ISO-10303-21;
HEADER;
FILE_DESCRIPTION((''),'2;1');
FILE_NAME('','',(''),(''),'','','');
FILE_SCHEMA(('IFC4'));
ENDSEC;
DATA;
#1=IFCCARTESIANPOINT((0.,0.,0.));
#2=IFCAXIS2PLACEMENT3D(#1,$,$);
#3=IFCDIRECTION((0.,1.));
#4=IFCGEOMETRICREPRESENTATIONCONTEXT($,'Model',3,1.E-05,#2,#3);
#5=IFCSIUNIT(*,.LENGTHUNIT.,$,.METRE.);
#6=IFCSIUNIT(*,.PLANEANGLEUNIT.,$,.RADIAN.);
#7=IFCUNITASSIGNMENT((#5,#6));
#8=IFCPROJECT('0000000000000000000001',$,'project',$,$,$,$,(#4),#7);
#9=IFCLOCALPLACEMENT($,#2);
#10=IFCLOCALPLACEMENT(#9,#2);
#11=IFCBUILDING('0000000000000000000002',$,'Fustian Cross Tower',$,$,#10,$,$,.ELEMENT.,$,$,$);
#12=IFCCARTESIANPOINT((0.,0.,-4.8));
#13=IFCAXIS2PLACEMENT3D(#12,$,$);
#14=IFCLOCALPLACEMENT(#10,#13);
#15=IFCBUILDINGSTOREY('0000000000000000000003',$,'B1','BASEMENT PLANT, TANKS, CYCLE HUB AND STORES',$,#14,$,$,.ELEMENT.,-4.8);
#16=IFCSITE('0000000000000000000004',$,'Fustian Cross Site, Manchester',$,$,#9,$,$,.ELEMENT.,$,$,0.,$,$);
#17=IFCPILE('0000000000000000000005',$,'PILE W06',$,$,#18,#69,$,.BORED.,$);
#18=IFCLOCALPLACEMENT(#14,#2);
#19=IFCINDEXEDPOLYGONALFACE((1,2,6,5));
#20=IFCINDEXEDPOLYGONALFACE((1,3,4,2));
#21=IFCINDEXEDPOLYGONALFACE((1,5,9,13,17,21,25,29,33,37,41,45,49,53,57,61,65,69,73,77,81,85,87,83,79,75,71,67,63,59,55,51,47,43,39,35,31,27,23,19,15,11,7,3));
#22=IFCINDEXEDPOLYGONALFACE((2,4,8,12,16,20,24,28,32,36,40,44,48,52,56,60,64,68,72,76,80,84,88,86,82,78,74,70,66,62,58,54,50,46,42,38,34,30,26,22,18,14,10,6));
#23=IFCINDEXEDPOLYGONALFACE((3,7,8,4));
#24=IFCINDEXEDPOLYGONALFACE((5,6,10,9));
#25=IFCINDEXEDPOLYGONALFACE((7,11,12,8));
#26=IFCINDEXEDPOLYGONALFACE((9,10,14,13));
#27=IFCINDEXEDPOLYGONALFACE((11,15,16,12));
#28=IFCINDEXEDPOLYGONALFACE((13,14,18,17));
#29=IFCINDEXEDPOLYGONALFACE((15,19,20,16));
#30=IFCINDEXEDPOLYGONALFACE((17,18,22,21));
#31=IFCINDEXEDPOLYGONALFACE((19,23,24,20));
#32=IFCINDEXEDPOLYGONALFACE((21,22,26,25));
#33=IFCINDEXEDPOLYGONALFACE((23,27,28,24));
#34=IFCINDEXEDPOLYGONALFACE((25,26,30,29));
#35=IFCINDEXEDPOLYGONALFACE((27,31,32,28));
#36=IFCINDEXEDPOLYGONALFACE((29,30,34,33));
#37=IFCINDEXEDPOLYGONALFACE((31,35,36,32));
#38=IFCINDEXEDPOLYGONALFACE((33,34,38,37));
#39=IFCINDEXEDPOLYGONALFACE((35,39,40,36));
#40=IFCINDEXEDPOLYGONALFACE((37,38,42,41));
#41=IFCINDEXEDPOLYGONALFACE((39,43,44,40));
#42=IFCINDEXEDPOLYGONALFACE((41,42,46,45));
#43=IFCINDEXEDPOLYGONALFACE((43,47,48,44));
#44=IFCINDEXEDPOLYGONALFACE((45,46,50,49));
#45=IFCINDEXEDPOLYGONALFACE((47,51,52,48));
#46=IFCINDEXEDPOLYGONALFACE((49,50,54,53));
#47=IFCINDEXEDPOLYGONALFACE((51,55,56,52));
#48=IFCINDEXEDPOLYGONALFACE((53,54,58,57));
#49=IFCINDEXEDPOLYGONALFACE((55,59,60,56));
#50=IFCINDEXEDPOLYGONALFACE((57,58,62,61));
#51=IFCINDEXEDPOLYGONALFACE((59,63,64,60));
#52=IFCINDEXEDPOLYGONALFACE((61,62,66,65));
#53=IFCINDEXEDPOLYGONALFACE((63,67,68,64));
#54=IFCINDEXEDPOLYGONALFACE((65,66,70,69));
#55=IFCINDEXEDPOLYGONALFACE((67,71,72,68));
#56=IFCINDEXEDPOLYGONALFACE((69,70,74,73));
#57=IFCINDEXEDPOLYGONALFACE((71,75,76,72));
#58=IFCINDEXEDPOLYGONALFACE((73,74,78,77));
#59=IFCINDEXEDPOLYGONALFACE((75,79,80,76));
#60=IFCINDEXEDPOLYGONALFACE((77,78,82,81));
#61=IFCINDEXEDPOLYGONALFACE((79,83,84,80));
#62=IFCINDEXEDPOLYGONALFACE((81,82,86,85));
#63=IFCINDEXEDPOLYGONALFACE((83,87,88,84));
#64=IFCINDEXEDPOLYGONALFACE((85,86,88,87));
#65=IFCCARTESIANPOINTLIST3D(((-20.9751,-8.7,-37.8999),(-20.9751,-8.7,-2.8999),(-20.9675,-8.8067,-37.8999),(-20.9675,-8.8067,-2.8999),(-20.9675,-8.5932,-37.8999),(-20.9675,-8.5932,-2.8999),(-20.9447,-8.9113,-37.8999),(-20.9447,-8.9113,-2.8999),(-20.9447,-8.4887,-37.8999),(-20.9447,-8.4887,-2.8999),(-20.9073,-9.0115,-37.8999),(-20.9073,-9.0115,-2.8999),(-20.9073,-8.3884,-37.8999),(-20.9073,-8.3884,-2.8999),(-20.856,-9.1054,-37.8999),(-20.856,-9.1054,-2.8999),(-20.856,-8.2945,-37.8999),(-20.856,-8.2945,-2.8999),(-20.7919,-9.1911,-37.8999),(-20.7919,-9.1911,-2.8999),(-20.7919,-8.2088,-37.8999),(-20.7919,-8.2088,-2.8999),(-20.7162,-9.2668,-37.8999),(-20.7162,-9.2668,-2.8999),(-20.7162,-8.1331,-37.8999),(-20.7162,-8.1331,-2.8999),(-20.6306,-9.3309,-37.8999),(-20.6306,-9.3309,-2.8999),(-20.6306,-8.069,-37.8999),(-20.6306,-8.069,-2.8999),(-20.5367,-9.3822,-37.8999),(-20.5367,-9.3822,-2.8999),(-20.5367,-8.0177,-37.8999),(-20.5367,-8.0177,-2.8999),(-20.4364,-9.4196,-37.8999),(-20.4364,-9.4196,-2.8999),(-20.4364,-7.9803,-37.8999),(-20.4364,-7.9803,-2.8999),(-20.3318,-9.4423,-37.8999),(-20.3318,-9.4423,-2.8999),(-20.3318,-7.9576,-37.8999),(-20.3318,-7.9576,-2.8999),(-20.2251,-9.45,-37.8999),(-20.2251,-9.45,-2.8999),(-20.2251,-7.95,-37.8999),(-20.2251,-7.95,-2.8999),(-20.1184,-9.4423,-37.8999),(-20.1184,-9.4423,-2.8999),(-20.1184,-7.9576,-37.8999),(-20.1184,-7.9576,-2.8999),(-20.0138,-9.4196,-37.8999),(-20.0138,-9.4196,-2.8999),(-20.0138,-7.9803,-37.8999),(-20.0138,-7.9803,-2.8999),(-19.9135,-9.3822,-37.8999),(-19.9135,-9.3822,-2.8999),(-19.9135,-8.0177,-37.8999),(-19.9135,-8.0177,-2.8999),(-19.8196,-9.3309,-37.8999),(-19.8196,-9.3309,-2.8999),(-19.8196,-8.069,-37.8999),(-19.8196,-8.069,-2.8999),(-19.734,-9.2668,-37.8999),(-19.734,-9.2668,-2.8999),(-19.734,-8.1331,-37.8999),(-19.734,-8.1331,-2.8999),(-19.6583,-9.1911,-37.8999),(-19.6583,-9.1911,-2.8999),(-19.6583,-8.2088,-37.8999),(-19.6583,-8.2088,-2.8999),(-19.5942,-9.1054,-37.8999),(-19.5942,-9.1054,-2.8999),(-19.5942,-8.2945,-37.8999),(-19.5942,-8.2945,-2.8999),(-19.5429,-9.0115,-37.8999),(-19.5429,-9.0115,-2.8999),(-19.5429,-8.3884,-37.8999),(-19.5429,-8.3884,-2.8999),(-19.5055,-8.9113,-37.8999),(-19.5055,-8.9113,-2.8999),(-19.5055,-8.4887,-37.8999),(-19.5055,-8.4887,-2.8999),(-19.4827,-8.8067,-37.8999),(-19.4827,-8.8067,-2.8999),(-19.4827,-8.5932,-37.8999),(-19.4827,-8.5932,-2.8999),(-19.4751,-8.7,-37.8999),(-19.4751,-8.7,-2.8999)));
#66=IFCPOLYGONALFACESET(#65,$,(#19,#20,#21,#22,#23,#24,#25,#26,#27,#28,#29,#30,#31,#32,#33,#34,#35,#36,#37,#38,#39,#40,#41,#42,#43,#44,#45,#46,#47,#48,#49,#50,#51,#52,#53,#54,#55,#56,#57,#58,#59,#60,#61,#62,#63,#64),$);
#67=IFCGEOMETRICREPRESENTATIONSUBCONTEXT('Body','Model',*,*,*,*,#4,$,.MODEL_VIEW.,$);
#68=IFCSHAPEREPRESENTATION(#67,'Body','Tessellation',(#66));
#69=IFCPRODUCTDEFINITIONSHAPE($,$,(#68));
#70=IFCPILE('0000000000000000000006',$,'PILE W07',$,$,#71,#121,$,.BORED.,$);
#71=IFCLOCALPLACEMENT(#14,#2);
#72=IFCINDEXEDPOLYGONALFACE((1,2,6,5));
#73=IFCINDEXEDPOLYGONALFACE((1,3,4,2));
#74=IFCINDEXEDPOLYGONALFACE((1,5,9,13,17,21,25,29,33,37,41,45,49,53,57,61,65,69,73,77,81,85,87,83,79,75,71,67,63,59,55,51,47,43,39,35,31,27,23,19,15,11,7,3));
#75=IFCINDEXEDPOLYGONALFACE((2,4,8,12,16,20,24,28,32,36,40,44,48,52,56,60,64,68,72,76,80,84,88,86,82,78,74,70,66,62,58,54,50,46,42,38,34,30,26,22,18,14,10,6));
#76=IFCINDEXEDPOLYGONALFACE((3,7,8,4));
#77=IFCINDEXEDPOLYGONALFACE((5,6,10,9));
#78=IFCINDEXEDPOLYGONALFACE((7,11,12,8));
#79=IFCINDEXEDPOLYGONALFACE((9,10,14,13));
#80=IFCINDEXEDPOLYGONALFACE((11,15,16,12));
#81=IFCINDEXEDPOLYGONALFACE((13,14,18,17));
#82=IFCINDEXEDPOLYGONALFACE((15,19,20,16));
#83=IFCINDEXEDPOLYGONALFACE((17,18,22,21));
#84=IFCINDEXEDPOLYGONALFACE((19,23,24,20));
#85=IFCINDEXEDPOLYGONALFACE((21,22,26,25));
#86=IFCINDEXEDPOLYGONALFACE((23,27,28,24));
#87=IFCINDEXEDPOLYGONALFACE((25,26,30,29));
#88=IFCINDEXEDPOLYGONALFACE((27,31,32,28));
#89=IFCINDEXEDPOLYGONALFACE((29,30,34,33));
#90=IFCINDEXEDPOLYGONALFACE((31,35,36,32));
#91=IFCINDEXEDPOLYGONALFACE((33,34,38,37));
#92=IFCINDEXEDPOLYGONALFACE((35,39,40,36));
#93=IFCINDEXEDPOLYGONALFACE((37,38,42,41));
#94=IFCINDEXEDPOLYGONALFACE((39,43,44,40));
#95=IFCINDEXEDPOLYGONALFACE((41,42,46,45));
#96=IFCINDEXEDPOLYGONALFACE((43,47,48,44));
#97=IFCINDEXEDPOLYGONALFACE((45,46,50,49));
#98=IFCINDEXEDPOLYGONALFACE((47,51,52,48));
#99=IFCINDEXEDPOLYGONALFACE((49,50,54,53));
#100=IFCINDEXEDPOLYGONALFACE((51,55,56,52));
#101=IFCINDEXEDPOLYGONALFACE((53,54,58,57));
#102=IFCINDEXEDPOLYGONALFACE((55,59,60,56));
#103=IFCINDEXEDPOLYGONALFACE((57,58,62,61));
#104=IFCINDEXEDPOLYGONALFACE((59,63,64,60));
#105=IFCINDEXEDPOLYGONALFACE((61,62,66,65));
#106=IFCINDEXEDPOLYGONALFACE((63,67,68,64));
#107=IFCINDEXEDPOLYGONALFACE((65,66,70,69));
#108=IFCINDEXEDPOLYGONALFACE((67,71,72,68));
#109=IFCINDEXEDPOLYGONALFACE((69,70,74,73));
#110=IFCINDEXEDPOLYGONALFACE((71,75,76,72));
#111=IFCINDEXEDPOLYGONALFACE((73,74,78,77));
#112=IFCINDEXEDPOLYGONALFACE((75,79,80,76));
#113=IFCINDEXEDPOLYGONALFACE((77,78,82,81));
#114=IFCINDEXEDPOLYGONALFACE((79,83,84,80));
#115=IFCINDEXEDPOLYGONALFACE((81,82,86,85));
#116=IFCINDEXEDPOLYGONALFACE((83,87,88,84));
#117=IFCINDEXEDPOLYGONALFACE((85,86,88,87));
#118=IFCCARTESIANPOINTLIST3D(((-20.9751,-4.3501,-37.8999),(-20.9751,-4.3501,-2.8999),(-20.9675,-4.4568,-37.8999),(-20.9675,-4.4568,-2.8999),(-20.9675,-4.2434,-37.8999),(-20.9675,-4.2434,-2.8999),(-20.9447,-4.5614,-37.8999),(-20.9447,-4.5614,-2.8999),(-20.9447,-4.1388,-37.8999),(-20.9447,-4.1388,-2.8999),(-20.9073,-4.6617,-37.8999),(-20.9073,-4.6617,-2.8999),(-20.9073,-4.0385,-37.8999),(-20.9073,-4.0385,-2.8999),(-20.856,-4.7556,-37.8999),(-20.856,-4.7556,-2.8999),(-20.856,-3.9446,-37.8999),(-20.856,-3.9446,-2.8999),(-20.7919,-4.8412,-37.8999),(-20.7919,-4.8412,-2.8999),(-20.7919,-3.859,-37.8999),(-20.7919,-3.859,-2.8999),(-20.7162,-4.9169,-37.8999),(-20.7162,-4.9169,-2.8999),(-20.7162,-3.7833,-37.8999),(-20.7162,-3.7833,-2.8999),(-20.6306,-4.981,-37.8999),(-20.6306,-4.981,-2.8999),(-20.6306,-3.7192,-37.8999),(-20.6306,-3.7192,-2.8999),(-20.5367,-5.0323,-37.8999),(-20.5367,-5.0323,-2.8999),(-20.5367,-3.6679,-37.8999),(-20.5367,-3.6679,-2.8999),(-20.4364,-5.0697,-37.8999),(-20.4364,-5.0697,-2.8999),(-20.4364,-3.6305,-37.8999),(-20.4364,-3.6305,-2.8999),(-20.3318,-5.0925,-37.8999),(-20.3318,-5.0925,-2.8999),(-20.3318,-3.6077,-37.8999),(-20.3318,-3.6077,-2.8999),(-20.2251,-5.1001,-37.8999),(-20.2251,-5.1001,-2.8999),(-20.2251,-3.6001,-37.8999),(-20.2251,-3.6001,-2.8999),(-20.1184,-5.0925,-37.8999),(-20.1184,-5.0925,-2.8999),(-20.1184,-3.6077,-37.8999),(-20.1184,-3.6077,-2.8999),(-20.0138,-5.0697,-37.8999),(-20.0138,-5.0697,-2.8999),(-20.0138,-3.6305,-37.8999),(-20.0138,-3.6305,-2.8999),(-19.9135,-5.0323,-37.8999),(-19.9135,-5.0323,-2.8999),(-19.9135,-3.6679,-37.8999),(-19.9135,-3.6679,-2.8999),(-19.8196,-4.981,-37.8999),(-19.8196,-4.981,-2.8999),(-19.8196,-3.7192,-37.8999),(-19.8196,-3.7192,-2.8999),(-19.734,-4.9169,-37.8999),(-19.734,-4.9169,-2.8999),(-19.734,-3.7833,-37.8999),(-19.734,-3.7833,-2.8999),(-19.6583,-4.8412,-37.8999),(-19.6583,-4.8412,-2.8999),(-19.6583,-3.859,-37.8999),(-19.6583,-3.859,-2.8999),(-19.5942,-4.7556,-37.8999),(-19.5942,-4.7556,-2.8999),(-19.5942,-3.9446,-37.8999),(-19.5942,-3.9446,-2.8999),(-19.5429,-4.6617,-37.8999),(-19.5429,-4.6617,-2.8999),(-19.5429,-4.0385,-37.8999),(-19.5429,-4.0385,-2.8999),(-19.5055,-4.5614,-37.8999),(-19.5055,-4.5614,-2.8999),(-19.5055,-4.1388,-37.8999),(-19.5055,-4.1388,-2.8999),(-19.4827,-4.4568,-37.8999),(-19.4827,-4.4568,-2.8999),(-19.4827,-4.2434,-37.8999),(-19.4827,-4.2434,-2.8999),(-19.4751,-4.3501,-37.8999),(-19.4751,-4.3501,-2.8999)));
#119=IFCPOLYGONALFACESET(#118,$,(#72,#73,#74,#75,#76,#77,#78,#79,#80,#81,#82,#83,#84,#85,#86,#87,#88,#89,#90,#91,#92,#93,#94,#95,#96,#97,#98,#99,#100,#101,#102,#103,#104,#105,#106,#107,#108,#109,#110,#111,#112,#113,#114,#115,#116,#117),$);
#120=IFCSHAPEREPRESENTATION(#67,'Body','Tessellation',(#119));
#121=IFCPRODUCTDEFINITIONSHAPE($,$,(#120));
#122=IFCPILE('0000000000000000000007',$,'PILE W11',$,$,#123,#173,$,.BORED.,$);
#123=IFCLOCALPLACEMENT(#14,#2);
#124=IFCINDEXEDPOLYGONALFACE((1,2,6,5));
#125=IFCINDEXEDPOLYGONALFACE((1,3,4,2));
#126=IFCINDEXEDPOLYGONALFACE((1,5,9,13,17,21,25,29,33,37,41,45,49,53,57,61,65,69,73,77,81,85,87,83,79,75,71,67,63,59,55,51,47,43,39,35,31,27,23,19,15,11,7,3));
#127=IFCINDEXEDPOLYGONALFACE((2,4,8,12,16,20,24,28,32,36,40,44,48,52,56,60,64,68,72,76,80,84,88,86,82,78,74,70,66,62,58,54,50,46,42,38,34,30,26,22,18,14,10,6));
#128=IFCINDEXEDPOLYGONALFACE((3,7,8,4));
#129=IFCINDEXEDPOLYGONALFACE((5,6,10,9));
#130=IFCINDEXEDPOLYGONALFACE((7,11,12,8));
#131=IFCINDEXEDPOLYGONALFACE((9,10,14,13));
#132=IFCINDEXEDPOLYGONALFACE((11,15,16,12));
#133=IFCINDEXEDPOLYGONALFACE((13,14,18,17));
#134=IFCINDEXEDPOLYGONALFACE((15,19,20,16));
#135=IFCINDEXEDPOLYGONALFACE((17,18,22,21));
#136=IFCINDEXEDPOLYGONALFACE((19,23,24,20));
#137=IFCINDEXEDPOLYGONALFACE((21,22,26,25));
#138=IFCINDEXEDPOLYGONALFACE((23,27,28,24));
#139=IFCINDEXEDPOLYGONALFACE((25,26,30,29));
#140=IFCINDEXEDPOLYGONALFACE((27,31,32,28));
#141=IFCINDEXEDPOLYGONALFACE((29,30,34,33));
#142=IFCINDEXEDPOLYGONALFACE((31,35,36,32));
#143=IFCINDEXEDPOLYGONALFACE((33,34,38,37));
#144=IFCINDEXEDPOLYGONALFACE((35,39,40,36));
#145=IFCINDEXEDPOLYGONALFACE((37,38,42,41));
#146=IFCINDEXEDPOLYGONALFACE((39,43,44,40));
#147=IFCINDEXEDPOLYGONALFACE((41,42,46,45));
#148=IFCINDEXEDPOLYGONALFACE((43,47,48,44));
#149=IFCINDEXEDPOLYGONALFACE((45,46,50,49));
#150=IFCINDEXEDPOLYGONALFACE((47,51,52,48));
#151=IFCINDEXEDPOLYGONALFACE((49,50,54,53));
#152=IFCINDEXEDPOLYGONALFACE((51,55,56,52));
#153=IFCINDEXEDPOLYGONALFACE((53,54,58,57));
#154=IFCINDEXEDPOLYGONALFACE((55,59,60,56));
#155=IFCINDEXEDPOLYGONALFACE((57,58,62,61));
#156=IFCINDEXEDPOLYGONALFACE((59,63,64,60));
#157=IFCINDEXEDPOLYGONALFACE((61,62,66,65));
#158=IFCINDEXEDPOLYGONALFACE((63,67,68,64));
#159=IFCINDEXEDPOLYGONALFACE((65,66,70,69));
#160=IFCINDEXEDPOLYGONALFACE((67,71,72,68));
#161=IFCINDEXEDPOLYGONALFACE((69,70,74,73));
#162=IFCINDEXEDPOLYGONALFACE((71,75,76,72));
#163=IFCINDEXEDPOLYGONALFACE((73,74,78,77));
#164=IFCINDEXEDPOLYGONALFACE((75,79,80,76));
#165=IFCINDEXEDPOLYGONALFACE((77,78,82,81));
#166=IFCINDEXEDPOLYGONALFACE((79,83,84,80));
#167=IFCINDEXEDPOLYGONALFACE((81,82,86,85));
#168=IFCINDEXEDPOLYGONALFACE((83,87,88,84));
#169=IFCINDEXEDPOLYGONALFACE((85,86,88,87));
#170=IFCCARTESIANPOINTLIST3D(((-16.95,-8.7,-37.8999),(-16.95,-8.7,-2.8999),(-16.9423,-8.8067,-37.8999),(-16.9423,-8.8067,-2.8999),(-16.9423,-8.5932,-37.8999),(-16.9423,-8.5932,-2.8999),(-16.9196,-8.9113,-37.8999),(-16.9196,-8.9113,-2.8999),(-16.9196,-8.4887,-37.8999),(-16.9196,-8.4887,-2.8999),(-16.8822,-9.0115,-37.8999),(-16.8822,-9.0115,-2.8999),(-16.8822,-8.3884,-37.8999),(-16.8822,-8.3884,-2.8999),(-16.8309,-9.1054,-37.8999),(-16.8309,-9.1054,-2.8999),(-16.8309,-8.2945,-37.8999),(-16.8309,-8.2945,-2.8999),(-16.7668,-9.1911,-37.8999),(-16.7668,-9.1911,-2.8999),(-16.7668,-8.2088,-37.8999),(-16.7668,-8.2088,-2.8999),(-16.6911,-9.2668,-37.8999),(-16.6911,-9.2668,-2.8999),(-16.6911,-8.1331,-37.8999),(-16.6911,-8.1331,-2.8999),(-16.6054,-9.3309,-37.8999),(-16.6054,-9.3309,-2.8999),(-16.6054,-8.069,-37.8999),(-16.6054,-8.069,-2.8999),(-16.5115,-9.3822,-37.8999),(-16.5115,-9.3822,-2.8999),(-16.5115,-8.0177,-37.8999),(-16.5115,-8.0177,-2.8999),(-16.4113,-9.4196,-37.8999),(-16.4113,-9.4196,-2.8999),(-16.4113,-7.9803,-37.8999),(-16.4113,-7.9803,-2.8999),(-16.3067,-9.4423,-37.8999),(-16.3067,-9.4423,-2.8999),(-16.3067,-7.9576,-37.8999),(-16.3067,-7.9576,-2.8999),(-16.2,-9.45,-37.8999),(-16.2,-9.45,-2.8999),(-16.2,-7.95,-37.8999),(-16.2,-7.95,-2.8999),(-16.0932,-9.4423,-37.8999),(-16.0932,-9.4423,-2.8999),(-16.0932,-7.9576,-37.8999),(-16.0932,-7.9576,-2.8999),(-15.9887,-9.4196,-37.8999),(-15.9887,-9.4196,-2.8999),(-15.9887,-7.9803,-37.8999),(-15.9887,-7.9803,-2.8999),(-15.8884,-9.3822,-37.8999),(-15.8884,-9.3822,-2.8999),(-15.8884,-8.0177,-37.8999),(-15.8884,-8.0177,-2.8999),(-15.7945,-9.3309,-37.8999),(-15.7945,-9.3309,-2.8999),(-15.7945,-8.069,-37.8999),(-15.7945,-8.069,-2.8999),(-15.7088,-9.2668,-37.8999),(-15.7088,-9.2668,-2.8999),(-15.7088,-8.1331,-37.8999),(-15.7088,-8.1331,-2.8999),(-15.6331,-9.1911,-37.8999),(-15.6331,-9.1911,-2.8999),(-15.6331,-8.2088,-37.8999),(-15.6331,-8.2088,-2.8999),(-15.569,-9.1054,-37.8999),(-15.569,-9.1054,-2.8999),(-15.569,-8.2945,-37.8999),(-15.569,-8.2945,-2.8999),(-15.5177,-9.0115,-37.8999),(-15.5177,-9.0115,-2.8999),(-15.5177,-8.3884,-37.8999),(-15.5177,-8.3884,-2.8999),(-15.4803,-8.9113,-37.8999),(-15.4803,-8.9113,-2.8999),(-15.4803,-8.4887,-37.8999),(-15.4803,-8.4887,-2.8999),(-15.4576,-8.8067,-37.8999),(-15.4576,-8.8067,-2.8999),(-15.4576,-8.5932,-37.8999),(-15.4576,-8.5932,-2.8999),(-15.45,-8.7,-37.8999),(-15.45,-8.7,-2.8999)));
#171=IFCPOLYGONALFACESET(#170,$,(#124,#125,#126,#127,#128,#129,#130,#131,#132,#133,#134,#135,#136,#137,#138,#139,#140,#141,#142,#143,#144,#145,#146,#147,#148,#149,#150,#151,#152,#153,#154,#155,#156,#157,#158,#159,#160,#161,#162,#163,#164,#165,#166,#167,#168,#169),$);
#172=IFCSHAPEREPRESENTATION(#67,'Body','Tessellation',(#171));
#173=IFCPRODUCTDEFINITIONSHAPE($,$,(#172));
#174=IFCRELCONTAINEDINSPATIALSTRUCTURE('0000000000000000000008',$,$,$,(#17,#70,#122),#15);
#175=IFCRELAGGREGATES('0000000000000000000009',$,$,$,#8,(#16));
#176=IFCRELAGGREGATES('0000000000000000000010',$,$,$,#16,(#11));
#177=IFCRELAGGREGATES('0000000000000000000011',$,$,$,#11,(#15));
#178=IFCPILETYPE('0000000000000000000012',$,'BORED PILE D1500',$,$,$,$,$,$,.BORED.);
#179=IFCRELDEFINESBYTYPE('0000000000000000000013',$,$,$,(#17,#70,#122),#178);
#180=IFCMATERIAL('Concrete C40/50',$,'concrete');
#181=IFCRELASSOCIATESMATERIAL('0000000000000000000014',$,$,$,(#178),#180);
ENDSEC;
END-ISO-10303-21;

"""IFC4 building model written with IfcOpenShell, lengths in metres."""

from ifc_helpers import new_model, si_unit, direction, frame, origin, origin_2d, place, context, subcontext, project, spatial, circle, extrude, material, material_profile, profile_set, type_object, element, save


model = new_model("IFC4")

# Units and contexts
model_context = context("Model", 3, precision=1e-05, world=origin(), true_north=direction((0.0, 1.0)))
body_context = subcontext(model_context, "Body", "Model", "MODEL_VIEW")
ifc_project = project(units=[si_unit("LENGTHUNIT", "METRE"), si_unit("PLANEANGLEUNIT", "RADIAN")], contexts=[model_context])

# Site, building, storey
site_placement = place(None, origin())
site = spatial("IfcSite", under=ifc_project, at=site_placement, Name="Fustian Cross Site, Manchester", CompositionType="ELEMENT", RefElevation=0.0)
building_placement = place(site_placement, origin())
building = spatial("IfcBuilding", under=site, at=building_placement, Name="Fustian Cross Tower", CompositionType="ELEMENT")
storey_placement = place(building_placement, frame((0.0, 0.0, -4.8)))
storey = spatial("IfcBuildingStorey", under=building, at=storey_placement, Name="B1", Description="BASEMENT PLANT, TANKS, CYCLE HUB AND STORES", CompositionType="ELEMENT", Elevation=-4.8)

# Piles
ifc_material_1 = material(Name="Concrete C40/50", Category="concrete")
ifc_material_profile_1 = material_profile(ifc_material_1, circle(Radius=0.75, at=origin_2d()), Name="BORED PILE D1500")
ifc_profile_set_1 = profile_set([ifc_material_profile_1], Name="Concrete C40/50")
pile_type_1 = type_object("IfcPileType", Name="BORED PILE D1500", PredefinedType="BORED", material=ifc_profile_set_1)
for number, where, z_axis, x_axis, name in (
    (1, (-20.2251, -8.7, -2.8999), (0.0, 0.0, -1.0), (1.0, 0.0, 0.0), "PILE W06"),
    (2, (-20.2251, -4.3501, -2.8999), (0.0, 0.0, -1.0), (1.0, 0.0, 0.0), "PILE W07"),
    (3, (-16.2, -8.7, -2.8999), (0.0, 0.0, -1.0), (1.0, 0.0, 0.0), "PILE W11"),
):
    element("IfcPile", number, at=place(storey_placement, frame(where, z_axis=z_axis, x_axis=x_axis)), inside=storey, type_object=pile_type_1, Name=name, PredefinedType="BORED", context=body_context, shape_type="SweptSolid", body=[
        extrude(circle(Radius=0.75, at=origin_2d()), origin(), (0.0, 0.0, 1.0), 35.0),
    ])

save(model, "model.ifc")
